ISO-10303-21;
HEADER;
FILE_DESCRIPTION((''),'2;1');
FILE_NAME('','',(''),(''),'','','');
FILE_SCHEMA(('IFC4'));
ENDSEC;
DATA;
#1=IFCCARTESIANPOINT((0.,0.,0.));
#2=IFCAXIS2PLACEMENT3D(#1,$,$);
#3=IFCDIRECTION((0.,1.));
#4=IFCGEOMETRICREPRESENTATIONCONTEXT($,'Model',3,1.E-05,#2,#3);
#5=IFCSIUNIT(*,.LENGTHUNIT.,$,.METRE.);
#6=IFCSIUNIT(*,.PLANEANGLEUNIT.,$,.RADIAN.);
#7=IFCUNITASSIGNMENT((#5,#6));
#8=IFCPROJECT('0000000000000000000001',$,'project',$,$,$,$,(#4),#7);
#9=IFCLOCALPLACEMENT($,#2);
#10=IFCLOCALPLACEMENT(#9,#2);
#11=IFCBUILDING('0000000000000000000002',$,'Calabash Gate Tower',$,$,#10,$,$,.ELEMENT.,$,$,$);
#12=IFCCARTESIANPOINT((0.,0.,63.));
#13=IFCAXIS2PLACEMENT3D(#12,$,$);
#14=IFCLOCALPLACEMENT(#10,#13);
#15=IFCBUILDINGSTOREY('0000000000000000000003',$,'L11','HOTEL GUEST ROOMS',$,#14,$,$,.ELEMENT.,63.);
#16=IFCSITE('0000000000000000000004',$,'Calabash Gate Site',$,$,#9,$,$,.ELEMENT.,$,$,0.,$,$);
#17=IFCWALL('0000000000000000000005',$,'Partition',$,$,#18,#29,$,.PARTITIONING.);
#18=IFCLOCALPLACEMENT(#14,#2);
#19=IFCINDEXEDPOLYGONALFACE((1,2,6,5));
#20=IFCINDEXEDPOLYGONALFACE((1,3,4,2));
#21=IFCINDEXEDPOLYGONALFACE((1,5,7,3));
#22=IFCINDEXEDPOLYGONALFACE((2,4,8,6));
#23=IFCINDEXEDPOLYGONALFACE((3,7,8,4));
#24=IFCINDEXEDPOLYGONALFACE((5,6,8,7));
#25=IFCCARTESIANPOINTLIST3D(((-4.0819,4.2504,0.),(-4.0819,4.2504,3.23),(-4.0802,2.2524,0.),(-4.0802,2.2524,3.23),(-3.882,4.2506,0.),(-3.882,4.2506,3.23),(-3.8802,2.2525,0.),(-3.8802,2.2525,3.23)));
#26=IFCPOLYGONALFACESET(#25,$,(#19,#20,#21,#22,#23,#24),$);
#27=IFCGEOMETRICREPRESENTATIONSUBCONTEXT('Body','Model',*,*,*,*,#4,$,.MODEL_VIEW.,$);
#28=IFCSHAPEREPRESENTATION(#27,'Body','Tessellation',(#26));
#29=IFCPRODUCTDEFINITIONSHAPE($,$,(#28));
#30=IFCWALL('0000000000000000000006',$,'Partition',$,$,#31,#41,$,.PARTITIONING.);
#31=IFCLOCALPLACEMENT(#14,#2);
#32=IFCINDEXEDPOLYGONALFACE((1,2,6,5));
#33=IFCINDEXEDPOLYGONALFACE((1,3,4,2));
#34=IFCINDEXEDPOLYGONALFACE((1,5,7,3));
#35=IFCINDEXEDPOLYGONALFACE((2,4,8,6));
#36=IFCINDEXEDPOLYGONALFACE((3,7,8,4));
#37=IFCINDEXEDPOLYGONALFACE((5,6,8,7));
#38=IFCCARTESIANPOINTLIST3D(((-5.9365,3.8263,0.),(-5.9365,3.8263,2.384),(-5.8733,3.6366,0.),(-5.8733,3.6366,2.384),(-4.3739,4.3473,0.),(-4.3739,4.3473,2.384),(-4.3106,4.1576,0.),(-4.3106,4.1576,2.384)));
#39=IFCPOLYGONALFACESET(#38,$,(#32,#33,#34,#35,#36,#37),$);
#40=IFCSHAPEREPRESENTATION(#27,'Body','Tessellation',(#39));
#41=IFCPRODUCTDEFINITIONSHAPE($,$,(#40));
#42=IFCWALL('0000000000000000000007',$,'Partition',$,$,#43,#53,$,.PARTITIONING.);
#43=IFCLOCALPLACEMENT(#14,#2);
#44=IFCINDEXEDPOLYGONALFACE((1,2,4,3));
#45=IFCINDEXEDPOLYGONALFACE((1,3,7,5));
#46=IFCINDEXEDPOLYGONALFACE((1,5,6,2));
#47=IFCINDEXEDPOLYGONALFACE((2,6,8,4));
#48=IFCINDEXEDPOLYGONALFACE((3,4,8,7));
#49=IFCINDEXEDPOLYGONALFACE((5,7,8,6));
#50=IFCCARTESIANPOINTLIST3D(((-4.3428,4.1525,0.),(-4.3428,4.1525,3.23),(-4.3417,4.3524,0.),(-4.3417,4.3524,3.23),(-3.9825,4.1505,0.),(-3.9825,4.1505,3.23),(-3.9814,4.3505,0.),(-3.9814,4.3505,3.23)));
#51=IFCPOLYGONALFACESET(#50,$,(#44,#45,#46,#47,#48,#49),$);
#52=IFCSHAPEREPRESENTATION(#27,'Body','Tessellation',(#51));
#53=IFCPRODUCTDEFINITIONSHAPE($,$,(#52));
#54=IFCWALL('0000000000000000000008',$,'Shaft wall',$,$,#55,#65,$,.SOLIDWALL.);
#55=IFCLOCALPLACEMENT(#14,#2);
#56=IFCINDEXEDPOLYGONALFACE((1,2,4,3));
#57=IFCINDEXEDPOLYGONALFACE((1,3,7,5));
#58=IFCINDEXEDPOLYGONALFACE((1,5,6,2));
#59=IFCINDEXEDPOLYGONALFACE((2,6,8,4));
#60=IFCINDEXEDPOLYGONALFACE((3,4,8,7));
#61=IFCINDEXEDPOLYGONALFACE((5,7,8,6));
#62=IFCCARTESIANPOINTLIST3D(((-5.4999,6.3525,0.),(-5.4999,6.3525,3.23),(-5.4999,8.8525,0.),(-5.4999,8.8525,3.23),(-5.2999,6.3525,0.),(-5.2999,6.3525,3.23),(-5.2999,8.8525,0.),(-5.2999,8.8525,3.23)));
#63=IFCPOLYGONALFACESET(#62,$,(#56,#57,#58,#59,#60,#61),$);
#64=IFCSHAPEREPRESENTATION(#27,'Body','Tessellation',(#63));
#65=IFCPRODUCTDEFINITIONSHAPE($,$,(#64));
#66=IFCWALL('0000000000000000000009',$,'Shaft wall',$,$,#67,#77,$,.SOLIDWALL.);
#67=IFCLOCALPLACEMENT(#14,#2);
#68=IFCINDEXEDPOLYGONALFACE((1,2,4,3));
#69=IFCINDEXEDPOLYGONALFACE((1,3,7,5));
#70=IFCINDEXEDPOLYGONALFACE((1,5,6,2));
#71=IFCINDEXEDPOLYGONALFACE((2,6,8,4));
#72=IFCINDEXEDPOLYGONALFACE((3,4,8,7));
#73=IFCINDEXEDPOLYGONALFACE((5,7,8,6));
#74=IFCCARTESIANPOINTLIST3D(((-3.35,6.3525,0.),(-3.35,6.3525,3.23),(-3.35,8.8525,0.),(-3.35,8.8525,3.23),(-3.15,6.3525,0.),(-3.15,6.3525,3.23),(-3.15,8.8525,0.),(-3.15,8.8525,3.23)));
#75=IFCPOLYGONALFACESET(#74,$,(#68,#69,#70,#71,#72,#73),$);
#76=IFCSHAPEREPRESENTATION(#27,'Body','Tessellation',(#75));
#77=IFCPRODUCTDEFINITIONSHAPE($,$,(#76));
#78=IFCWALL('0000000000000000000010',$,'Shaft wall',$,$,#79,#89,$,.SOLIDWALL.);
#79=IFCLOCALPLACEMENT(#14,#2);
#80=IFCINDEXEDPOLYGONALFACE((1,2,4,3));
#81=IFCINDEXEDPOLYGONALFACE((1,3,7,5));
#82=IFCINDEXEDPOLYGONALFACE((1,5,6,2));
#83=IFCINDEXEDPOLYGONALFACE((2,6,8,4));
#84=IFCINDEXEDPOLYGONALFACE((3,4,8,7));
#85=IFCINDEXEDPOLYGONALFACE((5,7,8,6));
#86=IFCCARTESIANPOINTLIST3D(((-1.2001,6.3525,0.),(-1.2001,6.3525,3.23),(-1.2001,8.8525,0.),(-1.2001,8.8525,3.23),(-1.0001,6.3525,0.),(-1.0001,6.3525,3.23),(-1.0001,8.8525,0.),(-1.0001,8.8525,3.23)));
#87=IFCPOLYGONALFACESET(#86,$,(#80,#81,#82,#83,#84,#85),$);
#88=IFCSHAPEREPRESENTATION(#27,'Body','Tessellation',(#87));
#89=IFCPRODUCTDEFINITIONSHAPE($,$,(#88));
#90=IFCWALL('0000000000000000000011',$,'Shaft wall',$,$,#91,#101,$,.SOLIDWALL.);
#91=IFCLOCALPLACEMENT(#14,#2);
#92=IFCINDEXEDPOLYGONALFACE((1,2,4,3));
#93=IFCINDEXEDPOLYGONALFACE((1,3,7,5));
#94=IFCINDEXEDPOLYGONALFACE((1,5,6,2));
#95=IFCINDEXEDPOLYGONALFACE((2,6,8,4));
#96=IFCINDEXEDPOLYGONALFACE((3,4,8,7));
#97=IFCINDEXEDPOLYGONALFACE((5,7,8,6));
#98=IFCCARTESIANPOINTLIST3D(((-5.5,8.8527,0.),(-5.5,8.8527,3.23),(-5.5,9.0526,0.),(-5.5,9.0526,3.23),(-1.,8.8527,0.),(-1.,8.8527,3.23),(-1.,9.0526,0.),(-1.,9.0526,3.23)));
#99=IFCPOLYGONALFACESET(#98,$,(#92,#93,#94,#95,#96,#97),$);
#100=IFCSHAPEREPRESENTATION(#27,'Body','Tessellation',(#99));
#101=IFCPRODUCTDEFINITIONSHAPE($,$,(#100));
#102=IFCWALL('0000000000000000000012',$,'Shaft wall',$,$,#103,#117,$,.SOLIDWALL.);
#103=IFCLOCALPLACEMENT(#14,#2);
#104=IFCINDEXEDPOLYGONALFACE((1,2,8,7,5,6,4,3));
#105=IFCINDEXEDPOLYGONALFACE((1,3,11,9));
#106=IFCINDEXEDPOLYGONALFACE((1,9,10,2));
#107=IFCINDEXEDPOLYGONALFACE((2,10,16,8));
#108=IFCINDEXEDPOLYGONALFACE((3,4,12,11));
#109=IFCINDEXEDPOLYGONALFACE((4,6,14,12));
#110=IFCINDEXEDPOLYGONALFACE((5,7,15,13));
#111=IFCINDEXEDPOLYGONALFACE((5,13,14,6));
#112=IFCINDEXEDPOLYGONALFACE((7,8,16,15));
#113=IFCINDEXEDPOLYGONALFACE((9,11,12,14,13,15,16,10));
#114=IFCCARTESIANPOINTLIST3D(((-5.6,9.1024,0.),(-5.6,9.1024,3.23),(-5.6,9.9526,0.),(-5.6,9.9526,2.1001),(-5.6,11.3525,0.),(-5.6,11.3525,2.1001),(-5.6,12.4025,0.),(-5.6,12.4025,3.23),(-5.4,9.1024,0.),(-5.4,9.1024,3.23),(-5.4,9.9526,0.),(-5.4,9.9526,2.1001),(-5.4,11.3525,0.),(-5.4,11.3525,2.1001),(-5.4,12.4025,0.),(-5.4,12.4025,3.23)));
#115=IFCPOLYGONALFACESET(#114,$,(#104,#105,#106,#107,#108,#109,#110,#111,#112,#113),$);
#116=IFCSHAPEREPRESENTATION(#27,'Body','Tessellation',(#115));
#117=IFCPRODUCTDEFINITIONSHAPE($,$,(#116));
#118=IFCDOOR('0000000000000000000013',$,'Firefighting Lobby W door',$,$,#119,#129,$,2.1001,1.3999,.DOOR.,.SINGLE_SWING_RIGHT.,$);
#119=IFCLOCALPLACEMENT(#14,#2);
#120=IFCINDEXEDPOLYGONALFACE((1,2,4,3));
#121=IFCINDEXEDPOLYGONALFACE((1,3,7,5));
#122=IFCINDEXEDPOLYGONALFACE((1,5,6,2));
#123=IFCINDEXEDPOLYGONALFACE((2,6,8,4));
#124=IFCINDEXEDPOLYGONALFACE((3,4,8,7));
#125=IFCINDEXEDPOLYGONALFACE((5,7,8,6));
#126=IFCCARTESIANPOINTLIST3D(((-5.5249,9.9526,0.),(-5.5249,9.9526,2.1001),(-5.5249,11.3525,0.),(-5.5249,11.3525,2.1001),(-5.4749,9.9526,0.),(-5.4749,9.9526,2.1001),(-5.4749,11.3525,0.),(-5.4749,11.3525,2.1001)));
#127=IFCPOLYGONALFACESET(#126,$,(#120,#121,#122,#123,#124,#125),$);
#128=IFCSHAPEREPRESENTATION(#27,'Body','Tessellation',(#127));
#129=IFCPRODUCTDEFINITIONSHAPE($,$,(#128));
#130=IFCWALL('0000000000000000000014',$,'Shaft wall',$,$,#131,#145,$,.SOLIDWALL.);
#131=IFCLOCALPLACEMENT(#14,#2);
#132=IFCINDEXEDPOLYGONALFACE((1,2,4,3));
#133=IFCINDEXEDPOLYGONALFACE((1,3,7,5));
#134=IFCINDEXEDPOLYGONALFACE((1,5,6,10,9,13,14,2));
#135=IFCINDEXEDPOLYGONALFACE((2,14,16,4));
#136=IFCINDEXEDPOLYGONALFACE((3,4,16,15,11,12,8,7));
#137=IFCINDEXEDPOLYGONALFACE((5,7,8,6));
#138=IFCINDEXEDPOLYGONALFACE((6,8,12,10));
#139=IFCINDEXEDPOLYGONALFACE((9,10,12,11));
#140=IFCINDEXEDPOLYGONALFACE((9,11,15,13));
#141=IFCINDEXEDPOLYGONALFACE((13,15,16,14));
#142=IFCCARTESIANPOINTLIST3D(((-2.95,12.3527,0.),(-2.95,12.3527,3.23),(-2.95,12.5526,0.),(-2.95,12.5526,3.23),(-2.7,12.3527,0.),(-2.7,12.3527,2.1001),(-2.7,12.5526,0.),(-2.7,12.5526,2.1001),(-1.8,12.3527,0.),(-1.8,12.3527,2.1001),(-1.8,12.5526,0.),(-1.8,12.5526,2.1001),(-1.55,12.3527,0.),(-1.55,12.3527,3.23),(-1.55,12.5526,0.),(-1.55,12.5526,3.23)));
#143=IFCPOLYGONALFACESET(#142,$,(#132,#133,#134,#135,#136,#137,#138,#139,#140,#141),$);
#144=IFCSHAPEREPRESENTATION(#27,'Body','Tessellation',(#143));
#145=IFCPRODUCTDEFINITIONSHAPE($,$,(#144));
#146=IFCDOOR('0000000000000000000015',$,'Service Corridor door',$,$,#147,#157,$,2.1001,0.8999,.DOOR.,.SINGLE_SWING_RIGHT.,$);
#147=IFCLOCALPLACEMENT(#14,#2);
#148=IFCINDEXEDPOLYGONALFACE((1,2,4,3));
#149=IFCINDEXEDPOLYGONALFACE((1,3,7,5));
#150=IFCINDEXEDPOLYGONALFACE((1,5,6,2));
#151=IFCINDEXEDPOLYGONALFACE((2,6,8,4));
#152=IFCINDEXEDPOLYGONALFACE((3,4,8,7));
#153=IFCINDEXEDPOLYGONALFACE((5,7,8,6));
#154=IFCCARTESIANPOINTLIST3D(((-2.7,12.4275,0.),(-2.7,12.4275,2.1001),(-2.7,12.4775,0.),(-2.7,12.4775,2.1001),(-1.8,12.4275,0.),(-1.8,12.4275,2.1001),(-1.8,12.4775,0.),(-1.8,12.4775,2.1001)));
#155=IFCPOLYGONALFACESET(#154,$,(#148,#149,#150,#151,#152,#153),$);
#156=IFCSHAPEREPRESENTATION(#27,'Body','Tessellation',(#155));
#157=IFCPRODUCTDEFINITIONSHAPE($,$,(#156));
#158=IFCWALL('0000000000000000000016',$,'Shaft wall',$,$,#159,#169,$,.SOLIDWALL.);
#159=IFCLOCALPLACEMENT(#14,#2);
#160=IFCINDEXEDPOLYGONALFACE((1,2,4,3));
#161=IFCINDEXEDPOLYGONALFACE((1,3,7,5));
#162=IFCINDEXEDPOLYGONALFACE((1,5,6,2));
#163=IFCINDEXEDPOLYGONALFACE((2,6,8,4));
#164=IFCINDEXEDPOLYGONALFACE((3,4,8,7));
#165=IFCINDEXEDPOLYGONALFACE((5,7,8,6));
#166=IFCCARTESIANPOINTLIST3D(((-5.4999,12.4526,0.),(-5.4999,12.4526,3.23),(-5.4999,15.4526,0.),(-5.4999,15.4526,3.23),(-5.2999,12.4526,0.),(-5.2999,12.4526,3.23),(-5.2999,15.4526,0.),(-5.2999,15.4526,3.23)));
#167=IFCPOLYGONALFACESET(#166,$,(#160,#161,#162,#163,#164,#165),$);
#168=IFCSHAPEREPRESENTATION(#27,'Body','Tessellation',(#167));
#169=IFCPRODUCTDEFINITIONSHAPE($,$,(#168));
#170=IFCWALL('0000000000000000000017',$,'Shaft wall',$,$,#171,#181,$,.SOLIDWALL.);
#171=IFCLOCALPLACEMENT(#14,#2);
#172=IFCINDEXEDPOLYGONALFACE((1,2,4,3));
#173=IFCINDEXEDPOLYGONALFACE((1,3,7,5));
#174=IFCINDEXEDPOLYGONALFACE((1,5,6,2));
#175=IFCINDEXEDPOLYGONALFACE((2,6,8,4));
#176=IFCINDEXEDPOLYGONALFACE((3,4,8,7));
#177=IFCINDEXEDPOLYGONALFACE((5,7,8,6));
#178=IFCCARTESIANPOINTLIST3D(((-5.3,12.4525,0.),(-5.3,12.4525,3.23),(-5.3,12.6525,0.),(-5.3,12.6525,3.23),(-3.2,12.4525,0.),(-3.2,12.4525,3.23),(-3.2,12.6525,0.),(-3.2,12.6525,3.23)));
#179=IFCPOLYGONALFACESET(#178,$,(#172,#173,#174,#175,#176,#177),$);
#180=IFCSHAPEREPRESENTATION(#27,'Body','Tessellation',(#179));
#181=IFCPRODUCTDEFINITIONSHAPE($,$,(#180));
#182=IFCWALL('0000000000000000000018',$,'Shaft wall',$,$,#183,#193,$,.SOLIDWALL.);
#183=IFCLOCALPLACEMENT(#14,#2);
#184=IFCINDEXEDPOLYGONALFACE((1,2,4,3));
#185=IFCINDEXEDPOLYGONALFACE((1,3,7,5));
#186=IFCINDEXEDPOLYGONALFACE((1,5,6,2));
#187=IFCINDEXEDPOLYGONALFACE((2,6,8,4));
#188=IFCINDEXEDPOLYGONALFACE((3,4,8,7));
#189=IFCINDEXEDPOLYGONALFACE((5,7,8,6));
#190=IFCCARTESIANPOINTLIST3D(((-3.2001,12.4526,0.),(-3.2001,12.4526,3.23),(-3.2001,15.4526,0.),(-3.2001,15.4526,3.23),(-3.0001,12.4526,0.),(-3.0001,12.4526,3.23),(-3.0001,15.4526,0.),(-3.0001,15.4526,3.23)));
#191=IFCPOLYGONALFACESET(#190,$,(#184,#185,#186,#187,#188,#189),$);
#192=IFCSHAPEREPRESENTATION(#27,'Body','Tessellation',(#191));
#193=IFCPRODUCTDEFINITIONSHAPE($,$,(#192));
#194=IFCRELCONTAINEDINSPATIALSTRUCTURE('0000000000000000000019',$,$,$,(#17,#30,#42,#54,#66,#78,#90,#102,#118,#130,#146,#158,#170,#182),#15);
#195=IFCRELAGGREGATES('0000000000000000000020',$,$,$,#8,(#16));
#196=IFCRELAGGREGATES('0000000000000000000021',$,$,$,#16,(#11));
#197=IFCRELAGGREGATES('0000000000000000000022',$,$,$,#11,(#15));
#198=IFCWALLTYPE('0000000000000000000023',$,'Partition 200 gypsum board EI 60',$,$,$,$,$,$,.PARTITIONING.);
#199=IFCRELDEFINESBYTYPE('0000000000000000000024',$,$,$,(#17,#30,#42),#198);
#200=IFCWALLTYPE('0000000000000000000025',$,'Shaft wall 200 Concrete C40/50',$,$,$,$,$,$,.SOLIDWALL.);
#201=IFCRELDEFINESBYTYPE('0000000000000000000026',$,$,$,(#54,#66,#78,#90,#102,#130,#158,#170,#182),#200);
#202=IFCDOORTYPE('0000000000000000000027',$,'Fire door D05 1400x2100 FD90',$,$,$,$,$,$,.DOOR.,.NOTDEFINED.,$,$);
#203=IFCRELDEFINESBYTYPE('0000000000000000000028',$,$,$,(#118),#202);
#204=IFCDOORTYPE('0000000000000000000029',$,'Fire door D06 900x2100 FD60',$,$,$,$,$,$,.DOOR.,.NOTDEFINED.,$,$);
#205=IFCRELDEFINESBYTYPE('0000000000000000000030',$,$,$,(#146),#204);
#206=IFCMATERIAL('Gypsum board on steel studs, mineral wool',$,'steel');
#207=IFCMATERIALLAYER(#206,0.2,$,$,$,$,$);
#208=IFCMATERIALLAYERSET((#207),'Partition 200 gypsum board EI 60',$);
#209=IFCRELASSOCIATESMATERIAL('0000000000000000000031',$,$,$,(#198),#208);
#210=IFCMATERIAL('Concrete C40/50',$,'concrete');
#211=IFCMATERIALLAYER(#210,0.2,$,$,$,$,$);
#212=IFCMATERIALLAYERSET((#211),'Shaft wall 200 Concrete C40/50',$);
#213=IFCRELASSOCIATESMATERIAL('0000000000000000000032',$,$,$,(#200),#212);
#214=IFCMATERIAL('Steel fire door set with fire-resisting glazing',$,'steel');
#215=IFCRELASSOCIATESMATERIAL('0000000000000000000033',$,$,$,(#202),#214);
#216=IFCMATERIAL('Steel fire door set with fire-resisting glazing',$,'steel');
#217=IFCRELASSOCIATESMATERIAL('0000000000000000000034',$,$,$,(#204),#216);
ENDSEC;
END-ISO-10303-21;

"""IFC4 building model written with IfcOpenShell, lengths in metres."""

from ifc_helpers import new_model, si_unit, direction, frame, frame_2d, origin, place, context, subcontext, project, spatial, rectangle, extrude, material, layer, layer_set, type_object, element, fill, save


model = new_model("IFC4")

# Units and contexts
model_context = context("Model", 3, precision=1e-05, world=origin(), true_north=direction((0.0, 1.0)))
body_context = subcontext(model_context, "Body", "Model", "MODEL_VIEW")
ifc_project = project(units=[si_unit("LENGTHUNIT", "METRE"), si_unit("PLANEANGLEUNIT", "RADIAN")], contexts=[model_context])

# Site, building, storey
site_placement = place(None, origin())
site = spatial("IfcSite", under=ifc_project, at=site_placement, Name="Calabash Gate Site", CompositionType="ELEMENT", RefElevation=0.0)
building_placement = place(site_placement, origin())
building = spatial("IfcBuilding", under=site, at=building_placement, Name="Calabash Gate Tower", CompositionType="ELEMENT")
storey_placement = place(building_placement, frame((0.0, 0.0, 63.0)))
storey = spatial("IfcBuildingStorey", under=building, at=storey_placement, Name="L11", Description="HOTEL GUEST ROOMS", CompositionType="ELEMENT", Elevation=63.0)

# Walls
ifc_material_1 = material(Name="Gypsum board on steel studs, mineral wool", Category="steel")
ifc_layer_1 = layer(ifc_material_1, 0.2)
ifc_layer_set_1 = layer_set([ifc_layer_1], Name="Partition 200 gypsum board EI 60")
wall_type_1 = type_object("IfcWallType", Name="Partition 200 gypsum board EI 60", PredefinedType="PARTITIONING", material=ifc_layer_set_1)
wall_1_placement = place(storey_placement, frame((-3.9819, 4.2505, 0.0), z_axis=(0.0, 0.0, 1.0), x_axis=(0.000855, -1.0, 0.0)))
element("IfcWall", 1, at=wall_1_placement, inside=storey, type_object=wall_type_1, Name="Partition", PredefinedType="PARTITIONING", context=body_context, shape_type="SweptSolid", body=[
    extrude(rectangle(XDim=1.998, YDim=0.2, at=frame_2d((0.999, 0.0))), origin(), (0.0, 0.0, 1.0), 3.23),
])
wall_2_placement = place(storey_placement, frame((-5.905, 3.7314, 0.0), z_axis=(0.0, 0.0, 1.0), x_axis=(0.948668, 0.316272, 0.0)))
element("IfcWall", 2, at=wall_2_placement, inside=storey, type_object=wall_type_1, Name="Partition", PredefinedType="PARTITIONING", context=body_context, shape_type="SweptSolid", body=[
    extrude(rectangle(XDim=1.6472, YDim=0.2, at=frame_2d((0.8237, 0.0))), origin(), (0.0, 0.0, 1.0), 2.384),
])
wall_3_placement = place(storey_placement, frame((-4.3423, 4.2524, 0.0), z_axis=(0.0, 0.0, 1.0), x_axis=(0.999985, -0.00542, 0.0)))
element("IfcWall", 3, at=wall_3_placement, inside=storey, type_object=wall_type_1, Name="Partition", PredefinedType="PARTITIONING", context=body_context, shape_type="SweptSolid", body=[
    extrude(rectangle(XDim=0.3604, YDim=0.2, at=frame_2d((0.1802, 0.0))), origin(), (0.0, 0.0, 1.0), 3.23),
])
ifc_material_2 = material(Name="Concrete C40/50", Category="concrete")
ifc_layer_2 = layer(ifc_material_2, 0.2)
ifc_layer_set_2 = layer_set([ifc_layer_2], Name="Shaft wall 200 Concrete C40/50")
wall_type_2 = type_object("IfcWallType", Name="Shaft wall 200 Concrete C40/50", PredefinedType="SOLIDWALL", material=ifc_layer_set_2)
for number, where, z_axis, x_axis, name in (
    (4, (-5.3999, 6.3525, 0.0), (0.0, 0.0, 1.0), (0.0, 1.0, 0.0), "Shaft wall"),
    (5, (-3.25, 6.3525, 0.0), (0.0, 0.0, 1.0), (0.0, 1.0, 0.0), "Shaft wall"),
    (6, (-1.1001, 6.3525, 0.0), (0.0, 0.0, 1.0), (0.0, 1.0, 0.0), "Shaft wall"),
):
    element("IfcWall", number, at=place(storey_placement, frame(where, z_axis=z_axis, x_axis=x_axis)), inside=storey, type_object=wall_type_2, Name=name, PredefinedType="SOLIDWALL", context=body_context, shape_type="SweptSolid", body=[
        extrude(rectangle(XDim=2.5, YDim=0.2, at=frame_2d((1.25, 0.0))), origin(), (0.0, 0.0, 1.0), 3.23),
    ])
wall_4_placement = place(storey_placement, frame((-5.5, 8.9526, 0.0), z_axis=(0.0, 0.0, 1.0), x_axis=(1.0, 0.0, 0.0)))
element("IfcWall", 7, at=wall_4_placement, inside=storey, type_object=wall_type_2, Name="Shaft wall", PredefinedType="SOLIDWALL", context=body_context, shape_type="SweptSolid", body=[
    extrude(rectangle(XDim=4.5, YDim=0.2, at=frame_2d((2.25, 0.0))), origin(), (0.0, 0.0, 1.0), 3.23),
])

# Walls, openings, doors
wall_5_placement = place(storey_placement, frame((-5.5, 9.1025, 0.0), z_axis=(0.0, 0.0, 1.0), x_axis=(0.0, 1.0, 0.0)))
wall_5 = element("IfcWall", 8, at=wall_5_placement, inside=storey, type_object=wall_type_2, Name="Shaft wall", PredefinedType="SOLIDWALL", context=body_context, shape_type="SweptSolid", body=[
    extrude(rectangle(XDim=3.3, YDim=0.2, at=frame_2d((1.6499, 0.0))), origin(), (0.0, 0.0, 1.0), 3.23),
])
opening_1_placement = place(wall_5_placement, frame((0.8501, 0.0, 0.0)))
opening_1 = element("IfcOpeningElement", 9, at=opening_1_placement, cuts=wall_5, PredefinedType="OPENING", context=body_context, shape_type="SweptSolid", body=[
    extrude(rectangle(XDim=1.3999, YDim=2.1001, at=frame_2d((0.7, 1.05))), frame((0.0, 0.1099, 0.0), z_axis=(0.0, -1.0, 0.0), x_axis=(1.0, 0.0, 0.0)), (0.0, 0.0, 1.0), 0.22),
])
ifc_material_3 = material(Name="Steel fire door set with fire-resisting glazing", Category="steel")
door_type_1 = type_object("IfcDoorType", Name="Fire door D05 1400x2100 FD90", OperationType="NOTDEFINED", PredefinedType="DOOR", material=ifc_material_3)
door_1_placement = place(opening_1_placement, origin())
door_1 = element("IfcDoor", 10, at=door_1_placement, inside=storey, type_object=door_type_1, Name="Firefighting Lobby W door", OperationType="SINGLE_SWING_RIGHT", OverallHeight=2.1001, OverallWidth=1.3999, PredefinedType="DOOR", context=body_context, shape_type="SweptSolid", body=[
    extrude(rectangle(XDim=1.3999, YDim=2.1001, at=frame_2d((0.7, 1.05))), frame((0.0, 0.0249, 0.0), z_axis=(0.0, -1.0, 0.0), x_axis=(1.0, 0.0, 0.0)), (0.0, 0.0, 1.0), 0.05),
])
fill(opening_1, door_1)
wall_6_placement = place(storey_placement, frame((-2.95, 12.4526, 0.0), z_axis=(0.0, 0.0, 1.0), x_axis=(1.0, 0.0, 0.0)))
wall_6 = element("IfcWall", 11, at=wall_6_placement, inside=storey, type_object=wall_type_2, Name="Shaft wall", PredefinedType="SOLIDWALL", context=body_context, shape_type="SweptSolid", body=[
    extrude(rectangle(XDim=1.3999, YDim=0.2, at=frame_2d((0.7, 0.0))), origin(), (0.0, 0.0, 1.0), 3.23),
])
opening_2_placement = place(wall_6_placement, frame((0.25, 0.0, 0.0)))
opening_2 = element("IfcOpeningElement", 12, at=opening_2_placement, cuts=wall_6, PredefinedType="OPENING", context=body_context, shape_type="SweptSolid", body=[
    extrude(rectangle(XDim=0.8999, YDim=2.1001, at=frame_2d((0.45, 1.05))), frame((0.0, 0.1099, 0.0), z_axis=(0.0, -1.0, 0.0), x_axis=(1.0, 0.0, 0.0)), (0.0, 0.0, 1.0), 0.22),
])
ifc_material_4 = material(Name="Steel fire door set with fire-resisting glazing", Category="steel")
door_type_2 = type_object("IfcDoorType", Name="Fire door D06 900x2100 FD60", OperationType="NOTDEFINED", PredefinedType="DOOR", material=ifc_material_4)
door_2_placement = place(opening_2_placement, origin())
door_2 = element("IfcDoor", 13, at=door_2_placement, inside=storey, type_object=door_type_2, Name="Service Corridor door", OperationType="SINGLE_SWING_RIGHT", OverallHeight=2.1001, OverallWidth=0.8999, PredefinedType="DOOR", context=body_context, shape_type="SweptSolid", body=[
    extrude(rectangle(XDim=0.8999, YDim=2.1001, at=frame_2d((0.45, 1.05))), frame((0.0, 0.0249, 0.0), z_axis=(0.0, -1.0, 0.0), x_axis=(1.0, 0.0, 0.0)), (0.0, 0.0, 1.0), 0.05),
])
fill(opening_2, door_2)

# Walls
wall_7_placement = place(storey_placement, frame((-5.3999, 12.4526, 0.0), z_axis=(0.0, 0.0, 1.0), x_axis=(0.0, 1.0, 0.0)))
element("IfcWall", 14, at=wall_7_placement, inside=storey, type_object=wall_type_2, Name="Shaft wall", PredefinedType="SOLIDWALL", context=body_context, shape_type="SweptSolid", body=[
    extrude(rectangle(XDim=3.0, YDim=0.2, at=frame_2d((1.5, 0.0))), origin(), (0.0, 0.0, 1.0), 3.23),
])
wall_8_placement = place(storey_placement, frame((-5.3, 12.5525, 0.0), z_axis=(0.0, 0.0, 1.0), x_axis=(1.0, 0.0, 0.0)))
element("IfcWall", 15, at=wall_8_placement, inside=storey, type_object=wall_type_2, Name="Shaft wall", PredefinedType="SOLIDWALL", context=body_context, shape_type="SweptSolid", body=[
    extrude(rectangle(XDim=2.1001, YDim=0.2, at=frame_2d((1.05, 0.0))), origin(), (0.0, 0.0, 1.0), 3.23),
])
wall_9_placement = place(storey_placement, frame((-3.1001, 12.4526, 0.0), z_axis=(0.0, 0.0, 1.0), x_axis=(0.0, 1.0, 0.0)))
element("IfcWall", 16, at=wall_9_placement, inside=storey, type_object=wall_type_2, Name="Shaft wall", PredefinedType="SOLIDWALL", context=body_context, shape_type="SweptSolid", body=[
    extrude(rectangle(XDim=3.0, YDim=0.2, at=frame_2d((1.5, 0.0))), origin(), (0.0, 0.0, 1.0), 3.23),
])

save(model, "model.ifc")
